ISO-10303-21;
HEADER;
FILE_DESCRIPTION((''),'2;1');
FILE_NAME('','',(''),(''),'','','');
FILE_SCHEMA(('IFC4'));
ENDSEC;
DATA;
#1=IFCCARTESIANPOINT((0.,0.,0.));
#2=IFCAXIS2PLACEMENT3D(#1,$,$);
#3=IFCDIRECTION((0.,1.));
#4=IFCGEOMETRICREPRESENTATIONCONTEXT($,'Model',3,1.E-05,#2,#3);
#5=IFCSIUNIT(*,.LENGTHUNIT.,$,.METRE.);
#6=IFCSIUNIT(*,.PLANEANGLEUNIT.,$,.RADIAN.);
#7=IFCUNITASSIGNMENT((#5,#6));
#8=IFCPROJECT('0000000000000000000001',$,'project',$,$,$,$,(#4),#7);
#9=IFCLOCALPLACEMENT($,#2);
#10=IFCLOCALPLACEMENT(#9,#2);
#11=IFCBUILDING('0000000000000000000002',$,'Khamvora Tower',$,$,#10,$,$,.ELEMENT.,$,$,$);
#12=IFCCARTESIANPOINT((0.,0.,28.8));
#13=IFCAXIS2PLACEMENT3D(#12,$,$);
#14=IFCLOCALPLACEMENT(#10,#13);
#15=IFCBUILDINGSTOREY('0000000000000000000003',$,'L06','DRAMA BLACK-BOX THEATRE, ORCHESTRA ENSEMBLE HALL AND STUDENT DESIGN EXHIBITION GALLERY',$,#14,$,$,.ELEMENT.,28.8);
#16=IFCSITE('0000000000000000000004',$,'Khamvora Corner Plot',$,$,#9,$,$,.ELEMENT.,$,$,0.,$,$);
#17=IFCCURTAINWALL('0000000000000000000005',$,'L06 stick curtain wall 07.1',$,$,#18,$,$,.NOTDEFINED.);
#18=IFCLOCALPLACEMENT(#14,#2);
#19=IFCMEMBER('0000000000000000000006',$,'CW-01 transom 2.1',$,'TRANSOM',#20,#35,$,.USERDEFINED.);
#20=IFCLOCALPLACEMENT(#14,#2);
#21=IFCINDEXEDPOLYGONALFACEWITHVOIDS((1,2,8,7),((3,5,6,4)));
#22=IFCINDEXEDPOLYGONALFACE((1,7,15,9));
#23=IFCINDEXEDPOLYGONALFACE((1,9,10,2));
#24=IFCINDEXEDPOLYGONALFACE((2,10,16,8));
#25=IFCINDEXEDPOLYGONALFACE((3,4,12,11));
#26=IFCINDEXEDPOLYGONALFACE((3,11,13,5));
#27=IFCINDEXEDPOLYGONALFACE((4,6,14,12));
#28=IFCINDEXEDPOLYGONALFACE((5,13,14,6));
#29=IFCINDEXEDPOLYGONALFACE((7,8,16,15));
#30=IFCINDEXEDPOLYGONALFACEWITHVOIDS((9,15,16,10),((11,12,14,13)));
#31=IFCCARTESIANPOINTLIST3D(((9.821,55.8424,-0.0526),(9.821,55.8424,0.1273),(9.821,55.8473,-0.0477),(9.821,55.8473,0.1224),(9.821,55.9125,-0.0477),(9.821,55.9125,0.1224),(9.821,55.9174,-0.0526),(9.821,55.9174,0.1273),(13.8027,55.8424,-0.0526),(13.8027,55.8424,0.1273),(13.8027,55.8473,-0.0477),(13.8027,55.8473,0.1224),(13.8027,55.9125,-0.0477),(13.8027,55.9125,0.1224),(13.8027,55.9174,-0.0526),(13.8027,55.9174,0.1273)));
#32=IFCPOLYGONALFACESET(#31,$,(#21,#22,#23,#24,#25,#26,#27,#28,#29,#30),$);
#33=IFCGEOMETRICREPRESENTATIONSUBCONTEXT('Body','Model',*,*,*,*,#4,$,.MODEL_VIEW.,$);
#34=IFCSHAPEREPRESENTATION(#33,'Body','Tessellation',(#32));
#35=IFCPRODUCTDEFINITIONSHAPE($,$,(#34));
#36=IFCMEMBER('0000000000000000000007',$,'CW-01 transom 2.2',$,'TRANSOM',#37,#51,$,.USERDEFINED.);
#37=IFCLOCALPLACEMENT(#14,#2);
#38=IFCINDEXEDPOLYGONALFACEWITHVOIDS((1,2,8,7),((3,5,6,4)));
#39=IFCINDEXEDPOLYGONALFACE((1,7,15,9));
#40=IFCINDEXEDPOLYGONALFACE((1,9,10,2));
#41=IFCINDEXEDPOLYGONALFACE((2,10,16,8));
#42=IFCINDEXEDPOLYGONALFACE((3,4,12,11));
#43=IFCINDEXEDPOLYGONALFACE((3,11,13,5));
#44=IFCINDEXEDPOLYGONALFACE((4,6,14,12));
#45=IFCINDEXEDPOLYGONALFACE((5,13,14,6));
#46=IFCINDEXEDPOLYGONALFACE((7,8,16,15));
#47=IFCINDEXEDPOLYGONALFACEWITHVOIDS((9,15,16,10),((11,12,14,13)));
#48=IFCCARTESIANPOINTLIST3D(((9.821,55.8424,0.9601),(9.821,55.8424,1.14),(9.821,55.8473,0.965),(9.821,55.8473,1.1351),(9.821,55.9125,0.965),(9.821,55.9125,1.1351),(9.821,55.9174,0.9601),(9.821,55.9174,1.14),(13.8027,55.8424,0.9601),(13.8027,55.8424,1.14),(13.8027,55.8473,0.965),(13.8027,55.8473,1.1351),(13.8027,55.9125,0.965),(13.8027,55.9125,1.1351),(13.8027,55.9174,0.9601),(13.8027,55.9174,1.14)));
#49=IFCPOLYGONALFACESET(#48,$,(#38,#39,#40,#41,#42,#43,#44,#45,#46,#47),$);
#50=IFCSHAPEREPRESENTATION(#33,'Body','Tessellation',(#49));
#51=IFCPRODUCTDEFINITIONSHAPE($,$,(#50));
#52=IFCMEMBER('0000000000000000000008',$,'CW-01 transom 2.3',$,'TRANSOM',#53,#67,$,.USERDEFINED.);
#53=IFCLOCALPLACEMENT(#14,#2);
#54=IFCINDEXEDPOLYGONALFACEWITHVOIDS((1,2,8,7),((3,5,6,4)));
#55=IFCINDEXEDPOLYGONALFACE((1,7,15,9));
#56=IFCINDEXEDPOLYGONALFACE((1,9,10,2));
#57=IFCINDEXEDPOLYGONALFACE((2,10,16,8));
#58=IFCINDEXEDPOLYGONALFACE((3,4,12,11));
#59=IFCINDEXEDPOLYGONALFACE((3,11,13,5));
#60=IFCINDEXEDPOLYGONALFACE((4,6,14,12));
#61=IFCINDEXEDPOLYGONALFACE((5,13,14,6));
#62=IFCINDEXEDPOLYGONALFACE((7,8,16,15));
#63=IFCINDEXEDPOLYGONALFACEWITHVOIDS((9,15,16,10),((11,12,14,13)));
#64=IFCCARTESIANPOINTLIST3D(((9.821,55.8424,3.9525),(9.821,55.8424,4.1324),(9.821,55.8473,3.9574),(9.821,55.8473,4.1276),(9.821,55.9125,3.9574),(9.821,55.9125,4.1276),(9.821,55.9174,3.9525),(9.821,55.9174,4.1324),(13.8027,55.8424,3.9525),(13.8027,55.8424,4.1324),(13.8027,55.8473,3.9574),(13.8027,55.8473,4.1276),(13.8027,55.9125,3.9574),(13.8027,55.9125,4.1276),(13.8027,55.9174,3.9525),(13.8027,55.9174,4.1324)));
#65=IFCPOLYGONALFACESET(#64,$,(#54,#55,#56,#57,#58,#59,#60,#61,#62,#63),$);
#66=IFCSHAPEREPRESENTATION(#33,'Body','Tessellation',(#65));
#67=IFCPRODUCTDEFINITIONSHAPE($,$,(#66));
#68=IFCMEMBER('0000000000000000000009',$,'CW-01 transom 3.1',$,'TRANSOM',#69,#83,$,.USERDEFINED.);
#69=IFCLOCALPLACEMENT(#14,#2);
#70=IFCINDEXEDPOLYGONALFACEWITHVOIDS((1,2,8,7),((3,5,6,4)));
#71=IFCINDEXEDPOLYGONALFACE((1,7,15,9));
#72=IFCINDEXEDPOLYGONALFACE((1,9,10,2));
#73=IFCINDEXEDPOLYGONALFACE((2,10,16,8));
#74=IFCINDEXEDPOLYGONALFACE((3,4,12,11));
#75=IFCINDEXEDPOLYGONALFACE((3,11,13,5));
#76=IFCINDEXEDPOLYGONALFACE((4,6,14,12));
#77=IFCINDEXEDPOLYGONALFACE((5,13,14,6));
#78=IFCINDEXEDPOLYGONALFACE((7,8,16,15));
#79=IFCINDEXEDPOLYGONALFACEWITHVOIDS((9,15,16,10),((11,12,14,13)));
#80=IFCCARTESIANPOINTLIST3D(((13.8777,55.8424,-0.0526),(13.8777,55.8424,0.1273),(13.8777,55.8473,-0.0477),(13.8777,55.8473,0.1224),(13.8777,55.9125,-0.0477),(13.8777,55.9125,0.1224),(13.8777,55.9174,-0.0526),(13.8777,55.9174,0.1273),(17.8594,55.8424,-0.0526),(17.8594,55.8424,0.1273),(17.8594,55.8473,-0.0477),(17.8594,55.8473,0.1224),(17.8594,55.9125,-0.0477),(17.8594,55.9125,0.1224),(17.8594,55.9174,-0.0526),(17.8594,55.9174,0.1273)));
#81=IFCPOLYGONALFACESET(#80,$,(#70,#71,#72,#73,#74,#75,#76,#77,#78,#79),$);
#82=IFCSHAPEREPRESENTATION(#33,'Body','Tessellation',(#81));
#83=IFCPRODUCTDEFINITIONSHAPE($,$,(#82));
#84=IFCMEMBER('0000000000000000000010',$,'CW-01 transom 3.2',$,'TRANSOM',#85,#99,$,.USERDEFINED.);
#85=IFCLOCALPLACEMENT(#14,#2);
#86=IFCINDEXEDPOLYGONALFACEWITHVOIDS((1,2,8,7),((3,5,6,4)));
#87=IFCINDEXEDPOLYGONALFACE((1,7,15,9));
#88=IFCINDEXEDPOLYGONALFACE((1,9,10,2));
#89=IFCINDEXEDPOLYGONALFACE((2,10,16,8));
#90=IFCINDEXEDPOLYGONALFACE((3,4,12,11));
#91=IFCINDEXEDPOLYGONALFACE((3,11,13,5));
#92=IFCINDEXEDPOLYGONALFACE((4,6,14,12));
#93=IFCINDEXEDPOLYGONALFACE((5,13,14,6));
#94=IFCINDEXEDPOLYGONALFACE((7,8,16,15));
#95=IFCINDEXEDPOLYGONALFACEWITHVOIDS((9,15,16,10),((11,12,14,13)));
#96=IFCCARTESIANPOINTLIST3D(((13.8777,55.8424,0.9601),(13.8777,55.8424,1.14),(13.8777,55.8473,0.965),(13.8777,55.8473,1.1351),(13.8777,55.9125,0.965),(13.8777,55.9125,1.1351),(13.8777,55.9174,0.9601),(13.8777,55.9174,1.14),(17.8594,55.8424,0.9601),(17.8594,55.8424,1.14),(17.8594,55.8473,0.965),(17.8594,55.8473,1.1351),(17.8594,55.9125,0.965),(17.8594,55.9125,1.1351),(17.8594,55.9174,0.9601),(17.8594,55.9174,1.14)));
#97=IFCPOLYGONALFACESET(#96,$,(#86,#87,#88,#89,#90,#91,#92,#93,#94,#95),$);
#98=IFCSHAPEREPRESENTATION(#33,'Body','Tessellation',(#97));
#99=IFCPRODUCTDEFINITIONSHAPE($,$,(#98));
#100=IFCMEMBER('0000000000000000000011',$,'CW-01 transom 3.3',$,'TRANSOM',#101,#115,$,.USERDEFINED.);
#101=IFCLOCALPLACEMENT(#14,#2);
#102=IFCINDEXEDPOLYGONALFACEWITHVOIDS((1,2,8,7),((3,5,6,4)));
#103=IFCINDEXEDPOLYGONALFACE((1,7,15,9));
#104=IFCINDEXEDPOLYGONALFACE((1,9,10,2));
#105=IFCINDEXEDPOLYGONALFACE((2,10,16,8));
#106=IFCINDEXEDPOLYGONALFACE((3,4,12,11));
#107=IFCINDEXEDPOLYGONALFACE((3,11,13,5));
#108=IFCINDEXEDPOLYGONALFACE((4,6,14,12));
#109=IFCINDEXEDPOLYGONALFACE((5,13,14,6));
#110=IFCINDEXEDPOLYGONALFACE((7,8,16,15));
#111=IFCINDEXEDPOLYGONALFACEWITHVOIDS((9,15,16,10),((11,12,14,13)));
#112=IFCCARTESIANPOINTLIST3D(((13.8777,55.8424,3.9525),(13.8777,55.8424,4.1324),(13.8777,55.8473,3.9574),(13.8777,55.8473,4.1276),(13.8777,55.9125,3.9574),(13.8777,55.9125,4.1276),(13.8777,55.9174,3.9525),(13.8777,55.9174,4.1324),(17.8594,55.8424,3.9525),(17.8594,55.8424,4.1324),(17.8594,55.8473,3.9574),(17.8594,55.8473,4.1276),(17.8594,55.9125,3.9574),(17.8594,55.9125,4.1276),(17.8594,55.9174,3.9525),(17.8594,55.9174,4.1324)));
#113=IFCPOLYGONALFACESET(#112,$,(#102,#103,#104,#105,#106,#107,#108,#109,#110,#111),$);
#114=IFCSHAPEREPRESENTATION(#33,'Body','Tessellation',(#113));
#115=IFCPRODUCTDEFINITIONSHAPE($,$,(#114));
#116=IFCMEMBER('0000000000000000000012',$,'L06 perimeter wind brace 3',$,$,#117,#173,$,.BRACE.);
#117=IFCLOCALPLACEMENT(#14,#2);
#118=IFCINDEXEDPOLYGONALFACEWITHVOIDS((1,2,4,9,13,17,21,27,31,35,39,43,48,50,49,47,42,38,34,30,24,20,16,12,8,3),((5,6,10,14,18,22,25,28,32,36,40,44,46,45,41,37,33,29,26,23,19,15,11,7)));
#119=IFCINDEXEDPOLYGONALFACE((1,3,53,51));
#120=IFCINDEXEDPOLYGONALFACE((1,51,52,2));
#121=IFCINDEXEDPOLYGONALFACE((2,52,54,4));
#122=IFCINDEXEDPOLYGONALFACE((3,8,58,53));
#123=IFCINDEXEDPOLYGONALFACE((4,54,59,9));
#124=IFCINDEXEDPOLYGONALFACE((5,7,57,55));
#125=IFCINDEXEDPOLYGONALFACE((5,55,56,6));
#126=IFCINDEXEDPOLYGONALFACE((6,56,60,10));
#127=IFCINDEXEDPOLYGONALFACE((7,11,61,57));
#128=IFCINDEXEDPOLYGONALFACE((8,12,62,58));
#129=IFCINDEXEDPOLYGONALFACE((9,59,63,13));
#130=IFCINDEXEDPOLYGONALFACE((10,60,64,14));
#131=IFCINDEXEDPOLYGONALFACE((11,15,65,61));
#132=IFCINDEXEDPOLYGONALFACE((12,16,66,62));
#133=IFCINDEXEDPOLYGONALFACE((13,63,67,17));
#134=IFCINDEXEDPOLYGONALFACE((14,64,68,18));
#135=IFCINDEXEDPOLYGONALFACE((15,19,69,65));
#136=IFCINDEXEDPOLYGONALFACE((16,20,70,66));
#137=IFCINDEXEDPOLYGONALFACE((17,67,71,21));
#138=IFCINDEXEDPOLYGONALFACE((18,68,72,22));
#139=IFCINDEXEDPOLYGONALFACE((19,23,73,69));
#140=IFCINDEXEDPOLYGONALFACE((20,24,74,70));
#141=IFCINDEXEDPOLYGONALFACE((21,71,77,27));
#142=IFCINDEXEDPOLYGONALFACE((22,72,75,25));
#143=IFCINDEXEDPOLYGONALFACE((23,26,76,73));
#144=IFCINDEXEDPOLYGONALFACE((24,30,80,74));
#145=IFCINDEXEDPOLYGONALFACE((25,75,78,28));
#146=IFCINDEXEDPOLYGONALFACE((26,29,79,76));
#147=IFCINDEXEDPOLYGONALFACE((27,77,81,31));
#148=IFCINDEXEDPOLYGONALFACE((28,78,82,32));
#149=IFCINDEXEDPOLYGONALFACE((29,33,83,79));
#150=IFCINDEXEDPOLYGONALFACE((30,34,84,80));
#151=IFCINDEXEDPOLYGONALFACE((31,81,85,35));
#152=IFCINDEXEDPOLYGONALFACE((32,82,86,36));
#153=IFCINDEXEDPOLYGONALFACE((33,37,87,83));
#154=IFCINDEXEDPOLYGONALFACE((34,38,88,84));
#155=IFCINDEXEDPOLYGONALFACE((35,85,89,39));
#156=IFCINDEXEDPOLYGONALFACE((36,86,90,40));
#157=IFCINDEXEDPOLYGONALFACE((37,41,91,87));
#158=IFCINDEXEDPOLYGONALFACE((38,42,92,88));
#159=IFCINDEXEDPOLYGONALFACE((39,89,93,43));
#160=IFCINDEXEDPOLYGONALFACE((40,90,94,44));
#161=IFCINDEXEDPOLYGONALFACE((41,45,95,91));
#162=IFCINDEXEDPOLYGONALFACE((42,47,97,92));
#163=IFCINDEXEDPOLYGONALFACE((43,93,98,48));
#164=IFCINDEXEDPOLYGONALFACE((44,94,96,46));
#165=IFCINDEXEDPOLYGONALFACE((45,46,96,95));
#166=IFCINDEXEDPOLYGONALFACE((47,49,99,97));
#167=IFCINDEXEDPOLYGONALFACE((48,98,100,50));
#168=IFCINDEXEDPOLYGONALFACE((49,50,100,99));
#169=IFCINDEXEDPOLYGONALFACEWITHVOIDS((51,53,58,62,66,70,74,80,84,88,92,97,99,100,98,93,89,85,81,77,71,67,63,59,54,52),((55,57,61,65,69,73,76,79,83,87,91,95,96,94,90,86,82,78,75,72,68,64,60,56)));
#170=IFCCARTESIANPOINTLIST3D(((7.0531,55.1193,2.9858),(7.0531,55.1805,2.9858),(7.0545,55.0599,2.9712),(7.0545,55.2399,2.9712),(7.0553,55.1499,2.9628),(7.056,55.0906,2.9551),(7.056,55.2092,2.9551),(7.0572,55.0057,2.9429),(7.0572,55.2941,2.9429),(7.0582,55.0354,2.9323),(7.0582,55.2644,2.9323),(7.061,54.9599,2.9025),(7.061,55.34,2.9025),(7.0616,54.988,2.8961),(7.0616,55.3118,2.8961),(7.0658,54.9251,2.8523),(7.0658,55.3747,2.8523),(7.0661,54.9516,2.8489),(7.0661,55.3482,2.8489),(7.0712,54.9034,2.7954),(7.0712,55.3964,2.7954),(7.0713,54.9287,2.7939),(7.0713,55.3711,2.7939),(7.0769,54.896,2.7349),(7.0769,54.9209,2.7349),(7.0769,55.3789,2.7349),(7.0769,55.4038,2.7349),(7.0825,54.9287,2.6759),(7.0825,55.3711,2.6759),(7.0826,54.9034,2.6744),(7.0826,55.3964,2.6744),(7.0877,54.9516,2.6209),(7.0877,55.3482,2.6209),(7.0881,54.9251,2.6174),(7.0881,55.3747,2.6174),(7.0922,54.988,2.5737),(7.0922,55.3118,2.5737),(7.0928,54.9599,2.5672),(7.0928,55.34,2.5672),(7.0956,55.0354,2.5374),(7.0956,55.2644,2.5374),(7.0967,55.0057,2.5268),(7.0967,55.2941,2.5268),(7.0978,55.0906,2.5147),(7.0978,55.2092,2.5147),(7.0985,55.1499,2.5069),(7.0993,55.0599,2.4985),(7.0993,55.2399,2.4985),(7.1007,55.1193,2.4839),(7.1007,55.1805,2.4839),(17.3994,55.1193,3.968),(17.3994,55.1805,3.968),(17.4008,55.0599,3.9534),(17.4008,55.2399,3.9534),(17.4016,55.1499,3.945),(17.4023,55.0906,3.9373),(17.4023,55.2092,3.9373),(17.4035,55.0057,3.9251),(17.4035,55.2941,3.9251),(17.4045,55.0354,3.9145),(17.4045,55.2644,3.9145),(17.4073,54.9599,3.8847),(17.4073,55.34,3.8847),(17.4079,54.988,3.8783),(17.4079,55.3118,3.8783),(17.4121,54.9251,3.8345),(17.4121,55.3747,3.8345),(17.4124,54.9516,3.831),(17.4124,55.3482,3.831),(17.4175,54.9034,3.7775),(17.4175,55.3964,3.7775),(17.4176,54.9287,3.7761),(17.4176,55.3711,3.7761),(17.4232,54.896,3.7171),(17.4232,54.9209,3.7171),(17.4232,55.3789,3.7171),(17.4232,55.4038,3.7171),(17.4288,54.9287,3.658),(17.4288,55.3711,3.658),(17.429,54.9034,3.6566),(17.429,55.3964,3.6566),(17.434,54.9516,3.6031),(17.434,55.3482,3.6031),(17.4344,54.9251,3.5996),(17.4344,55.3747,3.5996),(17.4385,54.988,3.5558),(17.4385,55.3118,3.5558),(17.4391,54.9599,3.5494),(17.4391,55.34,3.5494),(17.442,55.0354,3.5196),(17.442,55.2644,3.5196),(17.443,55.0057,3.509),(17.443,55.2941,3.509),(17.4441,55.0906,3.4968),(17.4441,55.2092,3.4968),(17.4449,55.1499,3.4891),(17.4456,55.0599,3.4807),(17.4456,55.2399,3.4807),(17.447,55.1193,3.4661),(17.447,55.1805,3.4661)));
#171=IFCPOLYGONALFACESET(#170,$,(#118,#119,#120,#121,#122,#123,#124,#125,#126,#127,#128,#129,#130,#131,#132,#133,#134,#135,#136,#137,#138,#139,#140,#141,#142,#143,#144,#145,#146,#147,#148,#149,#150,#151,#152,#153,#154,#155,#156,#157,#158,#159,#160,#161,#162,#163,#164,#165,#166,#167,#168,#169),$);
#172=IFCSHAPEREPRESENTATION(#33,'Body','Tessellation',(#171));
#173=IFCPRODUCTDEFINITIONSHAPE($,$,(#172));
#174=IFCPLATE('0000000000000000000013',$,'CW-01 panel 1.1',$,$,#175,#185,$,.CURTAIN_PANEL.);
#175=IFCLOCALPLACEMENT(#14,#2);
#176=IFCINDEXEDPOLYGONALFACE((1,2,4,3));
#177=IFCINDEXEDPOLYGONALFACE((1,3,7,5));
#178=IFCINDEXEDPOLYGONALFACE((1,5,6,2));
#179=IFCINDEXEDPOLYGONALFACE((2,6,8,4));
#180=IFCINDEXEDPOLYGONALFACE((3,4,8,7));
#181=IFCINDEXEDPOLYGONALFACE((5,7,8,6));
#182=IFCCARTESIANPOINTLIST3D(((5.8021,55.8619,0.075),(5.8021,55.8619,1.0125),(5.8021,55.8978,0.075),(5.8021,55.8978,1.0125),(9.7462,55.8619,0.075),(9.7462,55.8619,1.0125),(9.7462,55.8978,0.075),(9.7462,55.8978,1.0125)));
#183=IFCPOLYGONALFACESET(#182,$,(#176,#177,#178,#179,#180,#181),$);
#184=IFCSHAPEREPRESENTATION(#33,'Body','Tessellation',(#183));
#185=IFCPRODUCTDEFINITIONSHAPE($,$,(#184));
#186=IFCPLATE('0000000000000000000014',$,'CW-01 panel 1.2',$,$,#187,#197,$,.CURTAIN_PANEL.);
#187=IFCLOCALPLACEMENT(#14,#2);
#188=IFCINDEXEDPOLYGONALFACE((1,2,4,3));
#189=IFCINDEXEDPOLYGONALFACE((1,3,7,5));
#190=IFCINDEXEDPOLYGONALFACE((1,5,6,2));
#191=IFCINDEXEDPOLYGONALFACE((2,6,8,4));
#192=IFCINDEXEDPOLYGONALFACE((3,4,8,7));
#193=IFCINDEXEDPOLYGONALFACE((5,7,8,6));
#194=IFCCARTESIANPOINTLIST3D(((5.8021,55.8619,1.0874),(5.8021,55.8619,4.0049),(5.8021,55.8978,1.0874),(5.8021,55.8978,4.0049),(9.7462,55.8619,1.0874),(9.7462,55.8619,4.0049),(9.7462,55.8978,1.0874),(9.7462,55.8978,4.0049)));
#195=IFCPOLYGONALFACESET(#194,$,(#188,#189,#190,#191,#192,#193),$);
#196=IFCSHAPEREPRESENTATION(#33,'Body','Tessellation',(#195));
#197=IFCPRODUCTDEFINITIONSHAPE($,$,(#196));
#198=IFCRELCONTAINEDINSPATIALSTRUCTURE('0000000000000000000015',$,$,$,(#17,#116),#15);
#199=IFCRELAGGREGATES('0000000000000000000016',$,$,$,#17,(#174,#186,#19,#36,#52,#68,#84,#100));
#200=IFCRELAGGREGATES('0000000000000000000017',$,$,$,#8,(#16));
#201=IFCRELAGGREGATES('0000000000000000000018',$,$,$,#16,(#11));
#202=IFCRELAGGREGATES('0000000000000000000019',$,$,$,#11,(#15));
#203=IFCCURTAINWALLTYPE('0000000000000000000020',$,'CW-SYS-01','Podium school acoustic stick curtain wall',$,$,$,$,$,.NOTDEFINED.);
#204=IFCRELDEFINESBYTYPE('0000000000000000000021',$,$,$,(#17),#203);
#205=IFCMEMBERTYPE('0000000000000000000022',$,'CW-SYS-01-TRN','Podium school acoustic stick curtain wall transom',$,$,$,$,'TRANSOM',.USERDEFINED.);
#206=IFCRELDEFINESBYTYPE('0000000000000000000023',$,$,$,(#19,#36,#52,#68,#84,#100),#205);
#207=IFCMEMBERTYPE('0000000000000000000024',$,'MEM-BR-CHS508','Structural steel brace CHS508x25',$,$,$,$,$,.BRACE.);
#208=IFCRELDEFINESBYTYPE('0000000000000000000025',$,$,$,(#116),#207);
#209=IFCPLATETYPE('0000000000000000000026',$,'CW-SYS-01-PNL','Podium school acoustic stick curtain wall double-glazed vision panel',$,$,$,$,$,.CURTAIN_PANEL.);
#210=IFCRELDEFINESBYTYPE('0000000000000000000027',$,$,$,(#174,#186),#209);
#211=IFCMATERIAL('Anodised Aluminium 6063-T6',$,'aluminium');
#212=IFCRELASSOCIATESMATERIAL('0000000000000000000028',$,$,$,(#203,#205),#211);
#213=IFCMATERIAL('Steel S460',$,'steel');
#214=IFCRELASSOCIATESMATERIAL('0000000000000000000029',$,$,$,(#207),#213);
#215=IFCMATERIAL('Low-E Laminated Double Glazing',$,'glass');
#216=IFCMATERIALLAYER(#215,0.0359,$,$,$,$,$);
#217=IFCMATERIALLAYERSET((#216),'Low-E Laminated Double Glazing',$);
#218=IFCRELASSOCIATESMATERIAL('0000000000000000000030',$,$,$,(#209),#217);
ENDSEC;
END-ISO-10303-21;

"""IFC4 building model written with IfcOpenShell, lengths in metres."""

from ifc_helpers import new_model, si_unit, direction, frame, origin, origin_2d, place, context, subcontext, project, spatial, rectangle, hollow_rectangle, hollow_circle, extrude, material, layer, layer_set, material_profile, profile_set, type_object, element, aggregate, save


model = new_model("IFC4")

# Units and contexts
model_context = context("Model", 3, precision=1e-05, world=origin(), true_north=direction((0.0, 1.0)))
body_context = subcontext(model_context, "Body", "Model", "MODEL_VIEW")
ifc_project = project(units=[si_unit("LENGTHUNIT", "METRE"), si_unit("PLANEANGLEUNIT", "RADIAN")], contexts=[model_context])

# Site, building, storey
site_placement = place(None, origin())
site = spatial("IfcSite", under=ifc_project, at=site_placement, Name="Khamvora Corner Plot", CompositionType="ELEMENT", RefElevation=0.0)
building_placement = place(site_placement, origin())
building = spatial("IfcBuilding", under=site, at=building_placement, Name="Khamvora Tower", CompositionType="ELEMENT")
storey_placement = place(building_placement, frame((0.0, 0.0, 28.8)))
storey = spatial("IfcBuildingStorey", under=building, at=storey_placement, Name="L06", Description="DRAMA BLACK-BOX THEATRE, ORCHESTRA ENSEMBLE HALL AND STUDENT DESIGN EXHIBITION GALLERY", CompositionType="ELEMENT", Elevation=28.8)

# Shared definitions
ifc_material_1 = material(Name="Steel S460", Category="steel")

# Curtain wall, members
ifc_material_2 = material(Name="Anodised Aluminium 6063-T6", Category="aluminium")
curtain_wall_type = type_object("IfcCurtainWallType", Name="CW-SYS-01", Description="Podium school acoustic stick curtain wall", PredefinedType="NOTDEFINED", material=ifc_material_2)
curtain_wall_placement = place(storey_placement, origin())
curtain_wall = element("IfcCurtainWall", 1, at=curtain_wall_placement, inside=storey, type_object=curtain_wall_type, Name="L06 stick curtain wall 07.1", PredefinedType="NOTDEFINED")
ifc_material_profile_1 = material_profile(ifc_material_2, hollow_rectangle(XDim=0.075, YDim=0.1799, WallThickness=0.0049, at=origin_2d()), Name="TRN75x180x5")
ifc_profile_set_1 = profile_set([ifc_material_profile_1], Name="Anodised Aluminium 6063-T6")
member_type_1 = type_object("IfcMemberType", Name="CW-SYS-01-TRN", Description="Podium school acoustic stick curtain wall transom", ElementType="TRANSOM", PredefinedType="USERDEFINED", material=ifc_profile_set_1)
member_1_placement = place(storey_placement, frame((9.821, 55.8799, 0.0374), z_axis=(1.0, 0.0, 0.0), x_axis=(0.0, 1.0, 0.0)))
member_1 = element("IfcMember", 2, at=member_1_placement, type_object=member_type_1, Name="CW-01 transom 2.1", ObjectType="TRANSOM", PredefinedType="USERDEFINED", context=body_context, shape_type="SweptSolid", body=[
    extrude(hollow_rectangle(XDim=0.075, YDim=0.1799, WallThickness=0.0049, at=origin_2d()), origin(), (0.0, 0.0, 1.0), 3.9817),
])
member_2_placement = place(storey_placement, frame((9.821, 55.8799, 1.05), z_axis=(1.0, 0.0, 0.0), x_axis=(0.0, 1.0, 0.0)))
member_2 = element("IfcMember", 3, at=member_2_placement, type_object=member_type_1, Name="CW-01 transom 2.2", ObjectType="TRANSOM", PredefinedType="USERDEFINED", context=body_context, shape_type="SweptSolid", body=[
    extrude(hollow_rectangle(XDim=0.075, YDim=0.1799, WallThickness=0.0049, at=origin_2d()), origin(), (0.0, 0.0, 1.0), 3.9817),
])
member_3_placement = place(storey_placement, frame((9.821, 55.8799, 4.0425), z_axis=(1.0, 0.0, 0.0), x_axis=(0.0, 1.0, 0.0)))
member_3 = element("IfcMember", 4, at=member_3_placement, type_object=member_type_1, Name="CW-01 transom 2.3", ObjectType="TRANSOM", PredefinedType="USERDEFINED", context=body_context, shape_type="SweptSolid", body=[
    extrude(hollow_rectangle(XDim=0.075, YDim=0.1799, WallThickness=0.0049, at=origin_2d()), origin(), (0.0, 0.0, 1.0), 3.9817),
])
member_4_placement = place(storey_placement, frame((13.8777, 55.8799, 0.0374), z_axis=(1.0, 0.0, 0.0), x_axis=(0.0, 1.0, 0.0)))
member_4 = element("IfcMember", 5, at=member_4_placement, type_object=member_type_1, Name="CW-01 transom 3.1", ObjectType="TRANSOM", PredefinedType="USERDEFINED", context=body_context, shape_type="SweptSolid", body=[
    extrude(hollow_rectangle(XDim=0.075, YDim=0.1799, WallThickness=0.0049, at=origin_2d()), origin(), (0.0, 0.0, 1.0), 3.9817),
])
member_5_placement = place(storey_placement, frame((13.8777, 55.8799, 1.05), z_axis=(1.0, 0.0, 0.0), x_axis=(0.0, 1.0, 0.0)))
member_5 = element("IfcMember", 6, at=member_5_placement, type_object=member_type_1, Name="CW-01 transom 3.2", ObjectType="TRANSOM", PredefinedType="USERDEFINED", context=body_context, shape_type="SweptSolid", body=[
    extrude(hollow_rectangle(XDim=0.075, YDim=0.1799, WallThickness=0.0049, at=origin_2d()), origin(), (0.0, 0.0, 1.0), 3.9817),
])
member_6_placement = place(storey_placement, frame((13.8777, 55.8799, 4.0425), z_axis=(1.0, 0.0, 0.0), x_axis=(0.0, 1.0, 0.0)))
member_6 = element("IfcMember", 7, at=member_6_placement, type_object=member_type_1, Name="CW-01 transom 3.3", ObjectType="TRANSOM", PredefinedType="USERDEFINED", context=body_context, shape_type="SweptSolid", body=[
    extrude(hollow_rectangle(XDim=0.075, YDim=0.1799, WallThickness=0.0049, at=origin_2d()), origin(), (0.0, 0.0, 1.0), 3.9817),
])

# Member
ifc_material_profile_2 = material_profile(ifc_material_1, hollow_circle(Radius=0.2539, WallThickness=0.0249, at=origin_2d()), Name="CHS508x25")
ifc_profile_set_2 = profile_set([ifc_material_profile_2], Name="Steel S460")
member_type_2 = type_object("IfcMemberType", Name="MEM-BR-CHS508", Description="Structural steel brace CHS508x25", PredefinedType="BRACE", material=ifc_profile_set_2)
member_7_placement = place(storey_placement, frame((7.0769, 55.1499, 2.7349), z_axis=(0.995524, 0.0, 0.094506), x_axis=(0.0, 1.0, 0.0)))
element("IfcMember", 8, at=member_7_placement, inside=storey, type_object=member_type_2, Name="L06 perimeter wind brace 3", PredefinedType="BRACE", context=body_context, shape_type="SweptSolid", body=[
    extrude(hollow_circle(Radius=0.2539, WallThickness=0.0249, at=origin_2d()), origin(), (0.0, 0.0, 1.0), 10.3928),
])

# Plates
ifc_material_3 = material(Name="Low-E Laminated Double Glazing", Category="glass")
ifc_layer_1 = layer(ifc_material_3, 0.0359)
ifc_layer_set_1 = layer_set([ifc_layer_1], Name="Low-E Laminated Double Glazing")
plate_type_1 = type_object("IfcPlateType", Name="CW-SYS-01-PNL", Description="Podium school acoustic stick curtain wall double-glazed vision panel", PredefinedType="CURTAIN_PANEL", material=ifc_layer_set_1)
plate_1_placement = place(storey_placement, frame((7.7742, 55.8799, 0.075), z_axis=(0.0, 0.0, 1.0), x_axis=(1.0, 0.0, 0.0)))
plate_1 = element("IfcPlate", 9, at=plate_1_placement, type_object=plate_type_1, Name="CW-01 panel 1.1", PredefinedType="CURTAIN_PANEL", context=body_context, shape_type="SweptSolid", body=[
    extrude(rectangle(XDim=3.9441, YDim=0.0359, at=origin_2d()), origin(), (0.0, 0.0, 1.0), 0.9375),
])
plate_2_placement = place(storey_placement, frame((7.7742, 55.8799, 1.0874), z_axis=(0.0, 0.0, 1.0), x_axis=(1.0, 0.0, 0.0)))
plate_2 = element("IfcPlate", 10, at=plate_2_placement, type_object=plate_type_1, Name="CW-01 panel 1.2", PredefinedType="CURTAIN_PANEL", context=body_context, shape_type="SweptSolid", body=[
    extrude(rectangle(XDim=3.9441, YDim=0.0359, at=origin_2d()), origin(), (0.0, 0.0, 1.0), 2.9175),
])
aggregate(curtain_wall, [plate_1, plate_2, member_1, member_2, member_3, member_4, member_5, member_6])

save(model, "model.ifc")
